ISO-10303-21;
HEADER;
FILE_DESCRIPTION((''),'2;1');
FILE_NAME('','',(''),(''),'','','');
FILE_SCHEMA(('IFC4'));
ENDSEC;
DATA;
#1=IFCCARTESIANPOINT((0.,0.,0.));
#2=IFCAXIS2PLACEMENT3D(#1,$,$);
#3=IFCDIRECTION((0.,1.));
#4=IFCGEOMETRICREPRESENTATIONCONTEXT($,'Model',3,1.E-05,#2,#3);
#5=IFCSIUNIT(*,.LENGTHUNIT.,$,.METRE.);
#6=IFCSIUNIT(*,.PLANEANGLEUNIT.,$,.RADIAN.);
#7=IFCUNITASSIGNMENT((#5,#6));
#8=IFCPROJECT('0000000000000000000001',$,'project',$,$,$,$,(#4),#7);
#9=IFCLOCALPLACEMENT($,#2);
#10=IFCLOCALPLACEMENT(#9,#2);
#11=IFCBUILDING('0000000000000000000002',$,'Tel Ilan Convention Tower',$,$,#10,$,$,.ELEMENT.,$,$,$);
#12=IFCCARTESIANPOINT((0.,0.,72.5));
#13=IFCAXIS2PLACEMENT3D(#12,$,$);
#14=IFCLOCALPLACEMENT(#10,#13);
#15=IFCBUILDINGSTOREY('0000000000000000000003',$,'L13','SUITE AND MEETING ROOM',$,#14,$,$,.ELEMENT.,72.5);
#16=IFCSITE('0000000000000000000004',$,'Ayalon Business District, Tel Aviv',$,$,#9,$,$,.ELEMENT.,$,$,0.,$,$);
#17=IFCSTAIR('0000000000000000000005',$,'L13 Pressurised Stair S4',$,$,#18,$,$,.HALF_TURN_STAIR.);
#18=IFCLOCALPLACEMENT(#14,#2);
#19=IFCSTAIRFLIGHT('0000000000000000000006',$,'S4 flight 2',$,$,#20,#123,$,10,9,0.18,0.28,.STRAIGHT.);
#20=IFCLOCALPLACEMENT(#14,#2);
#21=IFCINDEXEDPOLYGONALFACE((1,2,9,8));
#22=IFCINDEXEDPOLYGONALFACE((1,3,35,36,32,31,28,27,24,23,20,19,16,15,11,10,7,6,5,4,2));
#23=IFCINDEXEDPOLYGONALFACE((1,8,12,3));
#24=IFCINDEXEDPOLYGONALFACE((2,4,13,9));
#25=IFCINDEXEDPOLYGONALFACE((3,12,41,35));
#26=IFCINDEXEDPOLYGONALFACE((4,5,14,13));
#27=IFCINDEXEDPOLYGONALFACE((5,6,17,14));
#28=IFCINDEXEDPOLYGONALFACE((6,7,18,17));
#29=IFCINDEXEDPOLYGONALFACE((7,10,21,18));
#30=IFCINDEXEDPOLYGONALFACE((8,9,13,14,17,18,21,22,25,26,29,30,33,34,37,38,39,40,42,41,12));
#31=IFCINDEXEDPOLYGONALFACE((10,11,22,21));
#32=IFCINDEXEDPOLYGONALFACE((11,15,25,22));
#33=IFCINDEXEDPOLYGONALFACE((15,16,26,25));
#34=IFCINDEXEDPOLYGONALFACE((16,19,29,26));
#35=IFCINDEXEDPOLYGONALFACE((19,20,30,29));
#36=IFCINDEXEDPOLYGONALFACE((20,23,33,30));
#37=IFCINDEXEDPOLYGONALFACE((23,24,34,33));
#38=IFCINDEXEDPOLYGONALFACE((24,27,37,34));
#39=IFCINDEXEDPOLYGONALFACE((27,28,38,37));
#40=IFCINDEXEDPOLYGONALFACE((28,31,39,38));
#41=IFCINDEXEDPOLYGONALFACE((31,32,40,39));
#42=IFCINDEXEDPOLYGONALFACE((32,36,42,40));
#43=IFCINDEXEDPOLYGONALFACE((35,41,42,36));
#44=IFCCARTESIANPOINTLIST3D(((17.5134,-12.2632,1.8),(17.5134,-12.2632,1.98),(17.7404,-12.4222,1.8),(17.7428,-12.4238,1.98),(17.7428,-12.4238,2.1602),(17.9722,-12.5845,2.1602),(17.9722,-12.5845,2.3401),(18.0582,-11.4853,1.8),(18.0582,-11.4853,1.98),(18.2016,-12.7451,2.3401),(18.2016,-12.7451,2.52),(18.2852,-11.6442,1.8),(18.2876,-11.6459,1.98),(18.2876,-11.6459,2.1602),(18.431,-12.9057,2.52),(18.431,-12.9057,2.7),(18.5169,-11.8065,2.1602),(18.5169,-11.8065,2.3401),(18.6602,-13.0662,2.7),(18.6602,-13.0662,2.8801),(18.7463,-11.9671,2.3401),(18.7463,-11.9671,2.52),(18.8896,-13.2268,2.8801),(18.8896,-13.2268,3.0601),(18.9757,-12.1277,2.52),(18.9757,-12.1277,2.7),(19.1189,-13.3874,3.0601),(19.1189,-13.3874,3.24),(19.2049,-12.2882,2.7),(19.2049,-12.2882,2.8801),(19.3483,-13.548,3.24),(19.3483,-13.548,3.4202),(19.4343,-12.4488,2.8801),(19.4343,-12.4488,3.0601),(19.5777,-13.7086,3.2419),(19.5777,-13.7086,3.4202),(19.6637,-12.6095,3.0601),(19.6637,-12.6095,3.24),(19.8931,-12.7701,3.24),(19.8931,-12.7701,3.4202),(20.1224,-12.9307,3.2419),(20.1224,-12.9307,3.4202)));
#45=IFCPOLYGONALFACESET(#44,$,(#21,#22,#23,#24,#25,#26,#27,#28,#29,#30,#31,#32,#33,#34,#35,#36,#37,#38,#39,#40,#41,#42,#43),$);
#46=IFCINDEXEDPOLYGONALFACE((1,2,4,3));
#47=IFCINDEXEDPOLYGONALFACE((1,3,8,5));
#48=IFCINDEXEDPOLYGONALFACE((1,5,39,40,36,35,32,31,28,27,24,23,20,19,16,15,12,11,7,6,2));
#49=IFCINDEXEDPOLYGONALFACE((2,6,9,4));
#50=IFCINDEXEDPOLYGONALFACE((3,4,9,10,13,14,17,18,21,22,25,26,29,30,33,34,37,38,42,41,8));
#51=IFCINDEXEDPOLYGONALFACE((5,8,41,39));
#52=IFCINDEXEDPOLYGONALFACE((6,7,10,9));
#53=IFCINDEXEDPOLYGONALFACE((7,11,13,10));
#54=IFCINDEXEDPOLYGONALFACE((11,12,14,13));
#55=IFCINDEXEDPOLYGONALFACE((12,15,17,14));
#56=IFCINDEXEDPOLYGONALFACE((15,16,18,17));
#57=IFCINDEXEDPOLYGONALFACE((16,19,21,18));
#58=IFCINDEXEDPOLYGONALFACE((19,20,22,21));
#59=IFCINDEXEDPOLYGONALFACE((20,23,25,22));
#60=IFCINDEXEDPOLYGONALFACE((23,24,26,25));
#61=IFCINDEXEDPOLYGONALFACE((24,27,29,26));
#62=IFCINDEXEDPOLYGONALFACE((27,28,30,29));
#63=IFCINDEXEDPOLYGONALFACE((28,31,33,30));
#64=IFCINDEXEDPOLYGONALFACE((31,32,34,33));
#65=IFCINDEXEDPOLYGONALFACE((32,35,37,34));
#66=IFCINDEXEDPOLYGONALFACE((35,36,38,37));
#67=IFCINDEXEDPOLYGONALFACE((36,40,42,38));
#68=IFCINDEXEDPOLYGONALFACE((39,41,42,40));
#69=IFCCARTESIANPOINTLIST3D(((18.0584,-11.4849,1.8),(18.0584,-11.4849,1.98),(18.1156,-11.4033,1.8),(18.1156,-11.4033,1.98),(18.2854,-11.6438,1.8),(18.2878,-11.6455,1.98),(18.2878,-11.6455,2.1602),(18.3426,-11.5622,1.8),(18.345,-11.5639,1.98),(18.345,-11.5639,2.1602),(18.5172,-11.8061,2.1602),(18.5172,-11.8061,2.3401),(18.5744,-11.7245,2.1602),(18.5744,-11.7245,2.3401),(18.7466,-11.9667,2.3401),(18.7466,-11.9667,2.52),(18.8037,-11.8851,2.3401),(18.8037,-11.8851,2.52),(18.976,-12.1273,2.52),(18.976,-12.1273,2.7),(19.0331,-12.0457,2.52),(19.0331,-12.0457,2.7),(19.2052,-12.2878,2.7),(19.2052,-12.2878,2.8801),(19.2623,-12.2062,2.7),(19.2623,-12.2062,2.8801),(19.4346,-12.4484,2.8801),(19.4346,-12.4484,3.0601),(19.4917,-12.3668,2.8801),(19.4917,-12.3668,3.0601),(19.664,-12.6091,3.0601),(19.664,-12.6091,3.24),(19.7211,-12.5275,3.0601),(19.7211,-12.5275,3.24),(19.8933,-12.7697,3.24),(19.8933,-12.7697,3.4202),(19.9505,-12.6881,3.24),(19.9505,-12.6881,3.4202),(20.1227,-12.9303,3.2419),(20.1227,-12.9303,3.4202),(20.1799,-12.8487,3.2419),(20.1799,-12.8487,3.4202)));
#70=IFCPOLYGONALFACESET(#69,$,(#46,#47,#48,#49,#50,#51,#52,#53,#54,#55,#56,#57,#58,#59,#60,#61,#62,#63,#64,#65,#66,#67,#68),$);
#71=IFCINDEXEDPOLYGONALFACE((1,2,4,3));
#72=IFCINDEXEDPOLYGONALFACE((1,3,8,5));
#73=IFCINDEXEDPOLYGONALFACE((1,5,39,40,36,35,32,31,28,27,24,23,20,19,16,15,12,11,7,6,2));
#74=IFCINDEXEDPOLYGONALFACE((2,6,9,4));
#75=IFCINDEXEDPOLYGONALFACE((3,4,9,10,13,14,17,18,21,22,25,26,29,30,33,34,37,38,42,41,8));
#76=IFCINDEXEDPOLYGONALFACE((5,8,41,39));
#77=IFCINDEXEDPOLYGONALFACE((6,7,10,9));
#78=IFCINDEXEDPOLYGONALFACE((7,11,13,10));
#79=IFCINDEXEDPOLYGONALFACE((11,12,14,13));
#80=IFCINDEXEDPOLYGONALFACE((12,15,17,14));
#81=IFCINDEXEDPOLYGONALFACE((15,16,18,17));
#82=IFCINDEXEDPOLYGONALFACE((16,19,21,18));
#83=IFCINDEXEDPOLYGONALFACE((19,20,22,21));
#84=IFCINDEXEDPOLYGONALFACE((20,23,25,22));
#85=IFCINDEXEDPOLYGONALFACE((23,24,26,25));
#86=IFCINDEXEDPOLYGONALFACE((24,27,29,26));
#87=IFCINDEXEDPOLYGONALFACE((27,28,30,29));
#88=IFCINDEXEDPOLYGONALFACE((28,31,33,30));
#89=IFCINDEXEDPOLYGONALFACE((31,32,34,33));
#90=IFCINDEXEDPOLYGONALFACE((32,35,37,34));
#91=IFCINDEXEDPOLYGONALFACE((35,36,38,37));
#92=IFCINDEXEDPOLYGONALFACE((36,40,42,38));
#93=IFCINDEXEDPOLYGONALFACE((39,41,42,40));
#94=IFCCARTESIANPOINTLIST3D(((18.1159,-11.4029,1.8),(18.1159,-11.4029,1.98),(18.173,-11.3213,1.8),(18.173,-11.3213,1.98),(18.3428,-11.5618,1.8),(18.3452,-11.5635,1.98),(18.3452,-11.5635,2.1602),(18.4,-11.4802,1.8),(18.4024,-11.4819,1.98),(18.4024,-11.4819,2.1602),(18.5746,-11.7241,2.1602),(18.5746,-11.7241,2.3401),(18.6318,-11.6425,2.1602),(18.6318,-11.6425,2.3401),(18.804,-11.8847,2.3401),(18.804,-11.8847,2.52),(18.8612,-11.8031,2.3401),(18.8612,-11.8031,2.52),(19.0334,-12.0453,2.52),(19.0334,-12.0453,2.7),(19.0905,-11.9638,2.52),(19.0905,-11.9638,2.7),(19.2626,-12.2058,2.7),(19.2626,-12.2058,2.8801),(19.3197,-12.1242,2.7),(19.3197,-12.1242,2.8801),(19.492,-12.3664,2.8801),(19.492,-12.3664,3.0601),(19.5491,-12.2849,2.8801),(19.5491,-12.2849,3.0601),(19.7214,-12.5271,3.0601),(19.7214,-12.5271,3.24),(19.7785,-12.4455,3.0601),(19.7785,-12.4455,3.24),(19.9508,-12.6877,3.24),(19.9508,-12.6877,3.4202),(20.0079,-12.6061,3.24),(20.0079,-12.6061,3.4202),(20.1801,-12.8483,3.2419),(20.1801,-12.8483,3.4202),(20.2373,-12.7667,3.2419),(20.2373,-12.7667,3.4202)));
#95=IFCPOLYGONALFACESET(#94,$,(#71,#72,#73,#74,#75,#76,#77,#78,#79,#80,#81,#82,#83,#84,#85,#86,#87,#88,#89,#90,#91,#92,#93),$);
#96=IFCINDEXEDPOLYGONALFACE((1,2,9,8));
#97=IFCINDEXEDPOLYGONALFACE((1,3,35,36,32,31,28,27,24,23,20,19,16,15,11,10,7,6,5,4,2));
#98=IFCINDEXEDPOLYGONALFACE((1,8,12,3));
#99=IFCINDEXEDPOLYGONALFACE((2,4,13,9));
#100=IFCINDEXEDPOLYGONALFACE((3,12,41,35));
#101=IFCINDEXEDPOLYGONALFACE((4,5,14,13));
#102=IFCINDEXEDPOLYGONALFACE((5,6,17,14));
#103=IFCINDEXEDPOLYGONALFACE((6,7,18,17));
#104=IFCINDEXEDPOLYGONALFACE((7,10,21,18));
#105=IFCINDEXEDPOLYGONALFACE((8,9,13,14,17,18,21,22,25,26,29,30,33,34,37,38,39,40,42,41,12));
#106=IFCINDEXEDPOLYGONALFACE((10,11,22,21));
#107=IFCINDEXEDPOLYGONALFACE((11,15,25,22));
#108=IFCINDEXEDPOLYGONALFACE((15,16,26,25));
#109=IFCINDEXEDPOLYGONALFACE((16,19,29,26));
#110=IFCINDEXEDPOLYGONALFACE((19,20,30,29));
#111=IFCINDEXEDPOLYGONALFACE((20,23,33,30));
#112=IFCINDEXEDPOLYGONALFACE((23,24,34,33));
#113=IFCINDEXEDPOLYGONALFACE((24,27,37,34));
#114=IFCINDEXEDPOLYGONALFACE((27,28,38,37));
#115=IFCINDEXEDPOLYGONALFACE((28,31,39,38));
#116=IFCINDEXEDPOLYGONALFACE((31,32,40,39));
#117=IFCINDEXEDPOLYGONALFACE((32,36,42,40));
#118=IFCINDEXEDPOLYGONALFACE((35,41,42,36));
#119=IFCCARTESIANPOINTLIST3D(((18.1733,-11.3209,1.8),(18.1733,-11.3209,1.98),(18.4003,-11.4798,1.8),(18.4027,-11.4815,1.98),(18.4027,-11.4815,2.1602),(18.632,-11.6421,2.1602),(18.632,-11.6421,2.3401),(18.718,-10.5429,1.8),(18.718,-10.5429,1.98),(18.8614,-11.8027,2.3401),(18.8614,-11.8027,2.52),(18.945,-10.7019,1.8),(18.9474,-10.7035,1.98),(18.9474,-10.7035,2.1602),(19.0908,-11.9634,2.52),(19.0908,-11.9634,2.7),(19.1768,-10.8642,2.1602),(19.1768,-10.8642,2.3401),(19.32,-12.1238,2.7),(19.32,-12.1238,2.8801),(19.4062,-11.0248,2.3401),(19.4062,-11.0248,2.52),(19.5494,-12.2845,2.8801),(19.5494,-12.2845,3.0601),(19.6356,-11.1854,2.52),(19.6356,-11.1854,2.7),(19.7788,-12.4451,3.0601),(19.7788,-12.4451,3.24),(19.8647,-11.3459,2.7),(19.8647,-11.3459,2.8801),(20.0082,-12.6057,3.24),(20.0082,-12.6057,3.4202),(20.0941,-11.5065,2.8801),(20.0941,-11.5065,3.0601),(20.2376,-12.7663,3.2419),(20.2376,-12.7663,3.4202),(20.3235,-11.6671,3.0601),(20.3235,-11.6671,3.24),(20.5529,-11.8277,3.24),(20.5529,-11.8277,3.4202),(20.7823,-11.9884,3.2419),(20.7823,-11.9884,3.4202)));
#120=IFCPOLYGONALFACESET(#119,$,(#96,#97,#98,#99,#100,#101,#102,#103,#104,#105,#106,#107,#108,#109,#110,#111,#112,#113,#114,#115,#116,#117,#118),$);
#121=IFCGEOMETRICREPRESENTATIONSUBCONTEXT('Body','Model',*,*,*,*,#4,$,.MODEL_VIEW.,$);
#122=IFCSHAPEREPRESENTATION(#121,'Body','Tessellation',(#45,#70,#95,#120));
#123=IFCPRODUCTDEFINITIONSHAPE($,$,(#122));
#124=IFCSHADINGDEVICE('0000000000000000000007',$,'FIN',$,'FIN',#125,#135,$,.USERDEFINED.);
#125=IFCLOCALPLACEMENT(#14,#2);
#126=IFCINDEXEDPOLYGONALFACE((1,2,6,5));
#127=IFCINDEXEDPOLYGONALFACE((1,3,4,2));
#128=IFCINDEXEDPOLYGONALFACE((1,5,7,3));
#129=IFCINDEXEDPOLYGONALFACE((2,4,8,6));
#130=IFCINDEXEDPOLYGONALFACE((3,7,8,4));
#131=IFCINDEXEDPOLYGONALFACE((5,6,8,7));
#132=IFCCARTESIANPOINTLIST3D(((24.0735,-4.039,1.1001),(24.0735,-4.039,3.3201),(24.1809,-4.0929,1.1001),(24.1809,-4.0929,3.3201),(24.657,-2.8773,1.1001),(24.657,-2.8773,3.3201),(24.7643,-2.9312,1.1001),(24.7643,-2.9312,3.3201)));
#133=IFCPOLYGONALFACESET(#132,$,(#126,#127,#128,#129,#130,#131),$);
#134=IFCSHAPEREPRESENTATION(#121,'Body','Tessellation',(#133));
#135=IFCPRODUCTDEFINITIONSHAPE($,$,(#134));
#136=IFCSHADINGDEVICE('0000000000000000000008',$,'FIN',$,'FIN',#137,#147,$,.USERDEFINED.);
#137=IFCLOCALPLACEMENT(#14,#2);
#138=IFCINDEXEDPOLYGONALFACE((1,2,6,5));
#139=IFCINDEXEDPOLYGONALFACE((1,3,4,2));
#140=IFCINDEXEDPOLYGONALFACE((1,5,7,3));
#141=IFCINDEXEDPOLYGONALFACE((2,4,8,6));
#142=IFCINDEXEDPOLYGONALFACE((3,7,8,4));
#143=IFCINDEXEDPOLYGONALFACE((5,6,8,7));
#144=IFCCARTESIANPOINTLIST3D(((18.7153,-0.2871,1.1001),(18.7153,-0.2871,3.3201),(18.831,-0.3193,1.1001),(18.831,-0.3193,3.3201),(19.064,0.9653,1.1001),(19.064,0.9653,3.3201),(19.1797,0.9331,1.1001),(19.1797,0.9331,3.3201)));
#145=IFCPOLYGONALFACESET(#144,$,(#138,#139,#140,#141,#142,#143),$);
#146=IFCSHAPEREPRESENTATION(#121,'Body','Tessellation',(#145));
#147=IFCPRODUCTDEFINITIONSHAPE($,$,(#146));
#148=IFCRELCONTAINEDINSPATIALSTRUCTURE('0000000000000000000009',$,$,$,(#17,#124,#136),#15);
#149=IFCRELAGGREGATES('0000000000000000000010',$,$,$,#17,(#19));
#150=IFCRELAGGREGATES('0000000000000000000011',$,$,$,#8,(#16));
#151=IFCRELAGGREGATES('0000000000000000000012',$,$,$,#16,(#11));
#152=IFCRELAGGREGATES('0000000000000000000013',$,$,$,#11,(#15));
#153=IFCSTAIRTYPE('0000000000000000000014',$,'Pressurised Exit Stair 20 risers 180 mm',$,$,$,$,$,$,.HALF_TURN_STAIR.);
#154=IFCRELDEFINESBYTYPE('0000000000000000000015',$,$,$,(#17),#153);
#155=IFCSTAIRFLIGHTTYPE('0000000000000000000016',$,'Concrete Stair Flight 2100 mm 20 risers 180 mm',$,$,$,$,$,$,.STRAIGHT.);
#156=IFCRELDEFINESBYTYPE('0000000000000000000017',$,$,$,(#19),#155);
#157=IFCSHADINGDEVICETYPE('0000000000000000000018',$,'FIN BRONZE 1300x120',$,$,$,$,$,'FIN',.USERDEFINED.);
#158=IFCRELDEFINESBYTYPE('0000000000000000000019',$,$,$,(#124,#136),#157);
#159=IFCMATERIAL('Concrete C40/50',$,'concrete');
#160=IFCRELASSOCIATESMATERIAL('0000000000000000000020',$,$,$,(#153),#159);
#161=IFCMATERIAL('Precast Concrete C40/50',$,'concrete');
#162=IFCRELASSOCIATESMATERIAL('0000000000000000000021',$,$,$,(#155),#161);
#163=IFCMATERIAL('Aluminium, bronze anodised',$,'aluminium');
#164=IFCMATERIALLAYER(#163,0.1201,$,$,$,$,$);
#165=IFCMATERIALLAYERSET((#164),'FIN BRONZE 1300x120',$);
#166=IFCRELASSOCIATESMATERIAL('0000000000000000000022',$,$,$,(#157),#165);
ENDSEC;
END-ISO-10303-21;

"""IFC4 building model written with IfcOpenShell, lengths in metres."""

from ifc_helpers import new_model, si_unit, direction, frame, origin, origin_2d, place, context, subcontext, project, spatial, polyline, rectangle, outline, extrude, material, layer, layer_set, type_object, element, aggregate, save


model = new_model("IFC4")

# Units and contexts
model_context = context("Model", 3, precision=1e-05, world=origin(), true_north=direction((0.0, 1.0)))
body_context = subcontext(model_context, "Body", "Model", "MODEL_VIEW")
ifc_project = project(units=[si_unit("LENGTHUNIT", "METRE"), si_unit("PLANEANGLEUNIT", "RADIAN")], contexts=[model_context])

# Site, building, storey
site_placement = place(None, origin())
site = spatial("IfcSite", under=ifc_project, at=site_placement, Name="Ayalon Business District, Tel Aviv", CompositionType="ELEMENT", RefElevation=0.0)
building_placement = place(site_placement, origin())
building = spatial("IfcBuilding", under=site, at=building_placement, Name="Tel Ilan Convention Tower", CompositionType="ELEMENT")
storey_placement = place(building_placement, frame((0.0, 0.0, 72.5)))
storey = spatial("IfcBuildingStorey", under=building, at=storey_placement, Name="L13", Description="SUITE AND MEETING ROOM", CompositionType="ELEMENT", Elevation=72.5)

# Stair, stair flight
ifc_material_1 = material(Name="Concrete C40/50", Category="concrete")
stair_type = type_object("IfcStairType", Name="Pressurised Exit Stair 20 risers 180 mm", PredefinedType="HALF_TURN_STAIR", material=ifc_material_1)
ifc_material_2 = material(Name="Precast Concrete C40/50", Category="concrete")
stair_flight_type = type_object("IfcStairFlightType", Name="Concrete Stair Flight 2100 mm 20 risers 180 mm", PredefinedType="STRAIGHT", material=ifc_material_2)
stair_1_placement = place(storey_placement, origin())
stair_1 = element("IfcStair", 1, at=stair_1_placement, inside=storey, type_object=stair_type, Name="L13 Pressurised Stair S4", PredefinedType="HALF_TURN_STAIR")
stair_flight_1_placement = place(storey_placement, frame((18.1157, -11.4031, 1.8), z_axis=(0.0, 0.0, 1.0), x_axis=(0.819152, -0.573576, 0.0)))
stair_flight_1 = element("IfcStairFlight", 2, at=stair_flight_1_placement, type_object=stair_flight_type, Name="S4 flight 2", NumberOfRisers=10, NumberOfTreads=9, PredefinedType="STRAIGHT", RiserHeight=0.18, TreadLength=0.28, context=body_context, shape_type="SweptSolid", body=[
    extrude(outline(polyline([(0.0, 0.0), (0.0, 0.1799), (0.28, 0.1799), (0.28, 0.3601), (0.5601, 0.3601), (0.5601, 0.54), (0.8401, 0.54), (0.8401, 0.72), (1.1201, 0.72), (1.1201, 0.8999), (1.3999, 0.8999), (1.3999, 1.0801), (1.6799, 1.0801), (1.6799, 1.26), (1.96, 1.26), (1.96, 1.4399), (2.24, 1.4399), (2.24, 1.6201), (2.52, 1.6201), (2.52, 1.8), (2.52, 1.4419), (0.2771, 0.0), (0.0, 0.0)])), frame((0.0, -0.1003, 0.0), z_axis=(0.0, -1.0, 0.0), x_axis=(1.0, 0.0, 0.0)), (0.0, 0.0, 1.0), 0.9497),
    extrude(outline(polyline([(0.0, 0.0), (0.0, 0.1799), (0.28, 0.1799), (0.28, 0.3601), (0.5601, 0.3601), (0.5601, 0.54), (0.8401, 0.54), (0.8401, 0.72), (1.1201, 0.72), (1.1201, 0.8999), (1.3999, 0.8999), (1.3999, 1.0801), (1.6799, 1.0801), (1.6799, 1.26), (1.96, 1.26), (1.96, 1.4399), (2.24, 1.4399), (2.24, 1.6201), (2.52, 1.6201), (2.52, 1.8), (2.52, 1.4419), (0.2771, 0.0), (0.0, 0.0)])), frame((0.0, -0.0002, 0.0), z_axis=(0.0, -1.0, 0.0), x_axis=(1.0, 0.0, 0.0)), (0.0, 0.0, 1.0), 0.0996),
    extrude(outline(polyline([(0.0, 0.0), (0.0, 0.1799), (0.28, 0.1799), (0.28, 0.3601), (0.5601, 0.3601), (0.5601, 0.54), (0.8401, 0.54), (0.8401, 0.72), (1.1201, 0.72), (1.1201, 0.8999), (1.3999, 0.8999), (1.3999, 1.0801), (1.6799, 1.0801), (1.6799, 1.26), (1.96, 1.26), (1.96, 1.4399), (2.24, 1.4399), (2.24, 1.6201), (2.52, 1.6201), (2.52, 1.8), (2.52, 1.4419), (0.2771, 0.0), (0.0, 0.0)])), frame((0.0, 0.0999, 0.0), z_axis=(0.0, -1.0, 0.0), x_axis=(1.0, 0.0, 0.0)), (0.0, 0.0, 1.0), 0.0996),
    extrude(outline(polyline([(0.0, 0.0), (0.0, 0.1799), (0.28, 0.1799), (0.28, 0.3601), (0.5601, 0.3601), (0.5601, 0.54), (0.8401, 0.54), (0.8401, 0.72), (1.1201, 0.72), (1.1201, 0.8999), (1.3999, 0.8999), (1.3999, 1.0801), (1.6799, 1.0801), (1.6799, 1.26), (1.96, 1.26), (1.96, 1.4399), (2.24, 1.4399), (2.24, 1.6201), (2.52, 1.6201), (2.52, 1.8), (2.52, 1.4419), (0.2771, 0.0), (0.0, 0.0)])), frame((0.0, 1.05, 0.0), z_axis=(0.0, -1.0, 0.0), x_axis=(1.0, 0.0, 0.0)), (0.0, 0.0, 1.0), 0.9497),
])
aggregate(stair_1, [stair_flight_1])

# Shading devices
ifc_material_3 = material(Name="Aluminium, bronze anodised", Category="aluminium")
ifc_layer_1 = layer(ifc_material_3, 0.1201)
ifc_layer_set_1 = layer_set([ifc_layer_1], Name="FIN BRONZE 1300x120")
shading_device_type = type_object("IfcShadingDeviceType", Name="FIN BRONZE 1300x120", ElementType="FIN", PredefinedType="USERDEFINED", material=ifc_layer_set_1)
for number, where, z_axis, x_axis, name in (
    (3, (24.4189, -3.4851, 1.1001), (0.0, 0.0, 1.0), (0.448799, 0.893633, 0.0), "FIN"),
    (4, (18.9475, 0.323, 1.1001), (0.0, 0.0, 1.0), (0.268173, 0.963371, 0.0), "FIN"),
):
    element("IfcShadingDevice", number, at=place(storey_placement, frame(where, z_axis=z_axis, x_axis=x_axis)), inside=storey, type_object=shading_device_type, Name=name, ObjectType="FIN", PredefinedType="USERDEFINED", context=body_context, shape_type="SweptSolid", body=[
        extrude(rectangle(XDim=1.3, YDim=0.1201, at=origin_2d()), origin(), (0.0, 0.0, 1.0), 2.22),
    ])

save(model, "model.ifc")
